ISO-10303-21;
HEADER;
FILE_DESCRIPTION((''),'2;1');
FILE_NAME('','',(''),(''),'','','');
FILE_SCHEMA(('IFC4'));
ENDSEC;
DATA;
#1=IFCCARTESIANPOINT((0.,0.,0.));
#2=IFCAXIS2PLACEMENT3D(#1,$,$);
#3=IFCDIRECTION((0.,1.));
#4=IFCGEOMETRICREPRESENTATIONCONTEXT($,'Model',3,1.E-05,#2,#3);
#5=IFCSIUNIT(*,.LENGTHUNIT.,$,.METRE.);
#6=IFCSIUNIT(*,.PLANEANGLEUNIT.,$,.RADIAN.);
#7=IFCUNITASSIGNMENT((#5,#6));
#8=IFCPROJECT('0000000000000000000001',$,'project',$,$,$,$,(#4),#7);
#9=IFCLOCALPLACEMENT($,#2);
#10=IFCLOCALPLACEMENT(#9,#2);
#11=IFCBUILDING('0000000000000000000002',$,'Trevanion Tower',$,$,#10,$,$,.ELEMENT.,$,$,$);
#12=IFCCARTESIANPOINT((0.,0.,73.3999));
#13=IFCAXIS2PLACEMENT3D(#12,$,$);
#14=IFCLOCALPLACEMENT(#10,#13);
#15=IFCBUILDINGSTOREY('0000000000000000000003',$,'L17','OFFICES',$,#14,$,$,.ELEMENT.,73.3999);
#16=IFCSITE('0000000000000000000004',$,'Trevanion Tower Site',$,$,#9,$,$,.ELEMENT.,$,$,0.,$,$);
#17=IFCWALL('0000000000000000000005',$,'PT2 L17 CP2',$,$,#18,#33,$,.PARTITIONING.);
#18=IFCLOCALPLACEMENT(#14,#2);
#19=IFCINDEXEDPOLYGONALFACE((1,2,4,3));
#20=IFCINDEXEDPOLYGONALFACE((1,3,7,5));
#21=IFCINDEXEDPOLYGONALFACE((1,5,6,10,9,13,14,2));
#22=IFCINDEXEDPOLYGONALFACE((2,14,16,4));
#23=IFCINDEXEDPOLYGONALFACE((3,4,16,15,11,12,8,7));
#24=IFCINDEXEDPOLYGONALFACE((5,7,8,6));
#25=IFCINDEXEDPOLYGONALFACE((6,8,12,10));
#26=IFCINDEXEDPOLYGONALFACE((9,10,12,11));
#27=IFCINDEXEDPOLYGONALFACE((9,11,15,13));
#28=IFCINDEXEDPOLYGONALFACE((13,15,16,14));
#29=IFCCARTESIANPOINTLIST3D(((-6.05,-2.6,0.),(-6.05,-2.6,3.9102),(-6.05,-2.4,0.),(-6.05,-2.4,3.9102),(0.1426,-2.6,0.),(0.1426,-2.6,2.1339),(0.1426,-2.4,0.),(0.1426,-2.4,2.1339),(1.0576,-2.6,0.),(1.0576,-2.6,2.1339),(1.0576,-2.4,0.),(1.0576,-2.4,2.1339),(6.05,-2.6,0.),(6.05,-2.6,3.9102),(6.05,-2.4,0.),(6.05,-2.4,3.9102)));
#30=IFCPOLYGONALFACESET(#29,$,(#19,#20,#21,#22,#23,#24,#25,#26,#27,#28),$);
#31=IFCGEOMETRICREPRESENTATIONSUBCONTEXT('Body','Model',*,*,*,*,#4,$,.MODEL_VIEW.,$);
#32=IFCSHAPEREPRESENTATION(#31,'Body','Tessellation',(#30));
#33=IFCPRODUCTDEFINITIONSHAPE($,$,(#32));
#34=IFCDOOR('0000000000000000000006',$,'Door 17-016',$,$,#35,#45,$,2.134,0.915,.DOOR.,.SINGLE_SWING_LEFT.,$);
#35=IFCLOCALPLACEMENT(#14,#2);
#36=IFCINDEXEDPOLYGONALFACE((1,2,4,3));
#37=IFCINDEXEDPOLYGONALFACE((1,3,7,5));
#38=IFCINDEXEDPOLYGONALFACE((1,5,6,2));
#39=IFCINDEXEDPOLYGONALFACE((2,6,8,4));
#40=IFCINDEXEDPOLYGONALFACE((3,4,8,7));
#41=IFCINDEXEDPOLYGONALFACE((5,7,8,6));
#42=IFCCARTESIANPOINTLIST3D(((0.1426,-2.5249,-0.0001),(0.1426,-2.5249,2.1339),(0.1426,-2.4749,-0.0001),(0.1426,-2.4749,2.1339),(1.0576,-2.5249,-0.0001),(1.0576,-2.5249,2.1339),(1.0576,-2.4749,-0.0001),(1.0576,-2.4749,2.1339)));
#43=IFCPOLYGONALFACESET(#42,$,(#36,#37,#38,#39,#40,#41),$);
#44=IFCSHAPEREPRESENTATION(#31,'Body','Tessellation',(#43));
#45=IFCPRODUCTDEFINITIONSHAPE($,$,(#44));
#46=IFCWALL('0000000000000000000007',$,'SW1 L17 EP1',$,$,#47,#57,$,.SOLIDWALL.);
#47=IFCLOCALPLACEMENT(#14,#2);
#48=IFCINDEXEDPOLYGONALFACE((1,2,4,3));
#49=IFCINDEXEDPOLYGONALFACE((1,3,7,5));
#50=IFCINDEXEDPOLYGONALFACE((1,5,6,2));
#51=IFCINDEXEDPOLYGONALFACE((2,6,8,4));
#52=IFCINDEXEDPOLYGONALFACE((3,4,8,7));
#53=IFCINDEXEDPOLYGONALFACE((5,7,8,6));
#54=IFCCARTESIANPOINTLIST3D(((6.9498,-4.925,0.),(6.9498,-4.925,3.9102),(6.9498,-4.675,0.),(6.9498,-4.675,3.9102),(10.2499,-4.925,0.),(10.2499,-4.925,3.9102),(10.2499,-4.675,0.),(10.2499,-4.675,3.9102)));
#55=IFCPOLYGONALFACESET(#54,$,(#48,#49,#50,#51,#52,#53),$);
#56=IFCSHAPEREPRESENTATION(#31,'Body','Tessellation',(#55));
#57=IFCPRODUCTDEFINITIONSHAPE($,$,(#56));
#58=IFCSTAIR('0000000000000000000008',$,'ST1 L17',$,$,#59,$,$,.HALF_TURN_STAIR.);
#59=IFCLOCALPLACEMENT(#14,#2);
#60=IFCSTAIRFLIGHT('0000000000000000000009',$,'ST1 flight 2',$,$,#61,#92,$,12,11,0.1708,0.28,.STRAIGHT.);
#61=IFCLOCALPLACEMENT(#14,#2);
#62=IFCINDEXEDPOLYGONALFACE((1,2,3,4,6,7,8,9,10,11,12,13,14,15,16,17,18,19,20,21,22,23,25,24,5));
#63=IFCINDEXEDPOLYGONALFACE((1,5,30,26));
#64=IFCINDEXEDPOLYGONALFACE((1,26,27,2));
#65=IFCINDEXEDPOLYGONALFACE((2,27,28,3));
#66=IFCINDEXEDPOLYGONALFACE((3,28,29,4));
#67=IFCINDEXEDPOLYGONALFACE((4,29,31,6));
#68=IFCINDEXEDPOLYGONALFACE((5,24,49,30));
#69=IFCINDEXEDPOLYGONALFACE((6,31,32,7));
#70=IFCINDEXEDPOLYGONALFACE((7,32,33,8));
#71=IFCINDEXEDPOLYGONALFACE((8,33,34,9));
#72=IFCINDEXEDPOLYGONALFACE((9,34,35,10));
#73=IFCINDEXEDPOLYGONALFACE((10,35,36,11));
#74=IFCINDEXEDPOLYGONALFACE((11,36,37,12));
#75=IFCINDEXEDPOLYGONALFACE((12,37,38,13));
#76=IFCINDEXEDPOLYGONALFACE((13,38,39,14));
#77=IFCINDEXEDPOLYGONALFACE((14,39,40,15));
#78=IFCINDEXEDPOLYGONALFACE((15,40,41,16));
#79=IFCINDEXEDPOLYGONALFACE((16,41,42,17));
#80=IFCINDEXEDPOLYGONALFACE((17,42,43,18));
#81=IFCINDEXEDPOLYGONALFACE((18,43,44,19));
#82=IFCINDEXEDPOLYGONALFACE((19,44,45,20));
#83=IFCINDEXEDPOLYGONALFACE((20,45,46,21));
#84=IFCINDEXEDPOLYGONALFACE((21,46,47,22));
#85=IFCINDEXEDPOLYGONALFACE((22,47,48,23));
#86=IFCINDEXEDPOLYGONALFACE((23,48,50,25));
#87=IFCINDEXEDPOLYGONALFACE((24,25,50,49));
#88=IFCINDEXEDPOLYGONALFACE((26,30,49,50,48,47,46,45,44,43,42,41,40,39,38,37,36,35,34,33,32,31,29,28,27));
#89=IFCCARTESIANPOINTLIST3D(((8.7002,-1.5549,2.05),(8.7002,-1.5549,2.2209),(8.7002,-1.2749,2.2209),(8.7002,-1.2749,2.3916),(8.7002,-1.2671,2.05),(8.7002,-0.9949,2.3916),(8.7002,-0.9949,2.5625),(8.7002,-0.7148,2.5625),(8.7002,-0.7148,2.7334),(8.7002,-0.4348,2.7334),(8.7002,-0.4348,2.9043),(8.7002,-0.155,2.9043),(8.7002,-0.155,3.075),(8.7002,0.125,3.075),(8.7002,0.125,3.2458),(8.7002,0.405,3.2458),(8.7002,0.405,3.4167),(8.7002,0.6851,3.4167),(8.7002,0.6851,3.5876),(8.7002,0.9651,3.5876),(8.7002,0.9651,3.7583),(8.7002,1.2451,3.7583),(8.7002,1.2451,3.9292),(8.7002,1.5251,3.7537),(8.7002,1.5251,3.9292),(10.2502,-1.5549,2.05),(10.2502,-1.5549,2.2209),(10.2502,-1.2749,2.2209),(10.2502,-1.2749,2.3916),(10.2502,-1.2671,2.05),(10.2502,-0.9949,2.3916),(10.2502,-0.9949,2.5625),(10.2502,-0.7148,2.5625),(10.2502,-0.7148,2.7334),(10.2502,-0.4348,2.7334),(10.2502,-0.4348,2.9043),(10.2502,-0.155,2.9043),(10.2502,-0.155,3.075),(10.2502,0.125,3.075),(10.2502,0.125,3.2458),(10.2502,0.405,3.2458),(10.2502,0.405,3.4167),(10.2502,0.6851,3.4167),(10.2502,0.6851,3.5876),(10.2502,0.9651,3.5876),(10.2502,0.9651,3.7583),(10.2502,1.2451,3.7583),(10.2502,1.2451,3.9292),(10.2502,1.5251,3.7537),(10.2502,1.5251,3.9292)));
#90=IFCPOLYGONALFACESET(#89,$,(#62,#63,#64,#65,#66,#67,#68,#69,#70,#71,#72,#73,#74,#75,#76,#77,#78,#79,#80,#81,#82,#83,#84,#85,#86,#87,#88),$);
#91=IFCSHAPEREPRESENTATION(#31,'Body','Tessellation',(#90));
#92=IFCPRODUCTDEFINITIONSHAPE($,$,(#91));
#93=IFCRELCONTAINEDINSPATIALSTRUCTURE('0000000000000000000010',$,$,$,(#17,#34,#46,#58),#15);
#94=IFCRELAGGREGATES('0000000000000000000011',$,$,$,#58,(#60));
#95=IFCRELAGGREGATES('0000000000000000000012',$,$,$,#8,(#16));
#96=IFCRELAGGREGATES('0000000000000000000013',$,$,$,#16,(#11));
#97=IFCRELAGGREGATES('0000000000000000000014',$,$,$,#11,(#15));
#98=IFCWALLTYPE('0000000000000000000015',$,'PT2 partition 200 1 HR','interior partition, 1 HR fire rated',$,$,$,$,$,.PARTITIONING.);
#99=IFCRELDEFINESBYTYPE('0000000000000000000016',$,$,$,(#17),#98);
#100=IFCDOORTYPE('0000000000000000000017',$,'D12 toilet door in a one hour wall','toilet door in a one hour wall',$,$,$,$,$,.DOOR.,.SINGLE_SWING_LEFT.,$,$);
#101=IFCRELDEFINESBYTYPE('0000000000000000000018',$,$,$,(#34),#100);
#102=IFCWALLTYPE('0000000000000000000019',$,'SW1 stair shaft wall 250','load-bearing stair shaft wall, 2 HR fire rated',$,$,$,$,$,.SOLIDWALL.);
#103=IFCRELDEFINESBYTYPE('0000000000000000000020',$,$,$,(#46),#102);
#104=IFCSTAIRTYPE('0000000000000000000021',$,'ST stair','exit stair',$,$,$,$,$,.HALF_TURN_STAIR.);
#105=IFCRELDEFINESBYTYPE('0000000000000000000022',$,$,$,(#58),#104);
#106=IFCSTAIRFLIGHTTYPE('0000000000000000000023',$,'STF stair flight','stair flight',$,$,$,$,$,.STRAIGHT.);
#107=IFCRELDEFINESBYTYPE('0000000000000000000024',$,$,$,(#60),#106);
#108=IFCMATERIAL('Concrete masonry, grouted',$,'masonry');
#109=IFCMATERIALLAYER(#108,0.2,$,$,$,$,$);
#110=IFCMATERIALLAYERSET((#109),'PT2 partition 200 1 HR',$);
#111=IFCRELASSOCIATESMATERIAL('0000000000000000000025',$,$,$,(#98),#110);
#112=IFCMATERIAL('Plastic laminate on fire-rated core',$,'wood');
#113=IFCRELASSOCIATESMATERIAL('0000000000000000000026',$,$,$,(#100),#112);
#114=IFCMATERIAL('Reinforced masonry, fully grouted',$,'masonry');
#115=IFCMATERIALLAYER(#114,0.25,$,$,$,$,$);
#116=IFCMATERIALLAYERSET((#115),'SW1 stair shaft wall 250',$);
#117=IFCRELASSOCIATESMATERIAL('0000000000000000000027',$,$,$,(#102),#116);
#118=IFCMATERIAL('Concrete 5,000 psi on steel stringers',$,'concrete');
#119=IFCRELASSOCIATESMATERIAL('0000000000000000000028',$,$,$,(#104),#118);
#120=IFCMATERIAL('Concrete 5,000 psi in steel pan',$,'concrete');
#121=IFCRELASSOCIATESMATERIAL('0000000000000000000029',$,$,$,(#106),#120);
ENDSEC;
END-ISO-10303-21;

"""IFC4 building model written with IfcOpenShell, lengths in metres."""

from ifc_helpers import new_model, si_unit, direction, frame, frame_2d, origin, place, context, subcontext, project, spatial, polyline, rectangle, outline, extrude, material, layer, layer_set, type_object, element, fill, aggregate, save


model = new_model("IFC4")

# Units and contexts
model_context = context("Model", 3, precision=1e-05, world=origin(), true_north=direction((0.0, 1.0)))
body_context = subcontext(model_context, "Body", "Model", "MODEL_VIEW")
ifc_project = project(units=[si_unit("LENGTHUNIT", "METRE"), si_unit("PLANEANGLEUNIT", "RADIAN")], contexts=[model_context])

# Site, building, storey
site_placement = place(None, origin())
site = spatial("IfcSite", under=ifc_project, at=site_placement, Name="Trevanion Tower Site", CompositionType="ELEMENT", RefElevation=0.0)
building_placement = place(site_placement, origin())
building = spatial("IfcBuilding", under=site, at=building_placement, Name="Trevanion Tower", CompositionType="ELEMENT")
storey_placement = place(building_placement, frame((0.0, 0.0, 73.3999)))
storey = spatial("IfcBuildingStorey", under=building, at=storey_placement, Name="L17", Description="OFFICES", CompositionType="ELEMENT", Elevation=73.3999)

# Wall, opening, door
ifc_material_1 = material(Name="Concrete masonry, grouted", Category="masonry")
ifc_layer_1 = layer(ifc_material_1, 0.2)
ifc_layer_set_1 = layer_set([ifc_layer_1], Name="PT2 partition 200 1 HR")
wall_type_1 = type_object("IfcWallType", Name="PT2 partition 200 1 HR", Description="interior partition, 1 HR fire rated", PredefinedType="PARTITIONING", material=ifc_layer_set_1)
wall_1_placement = place(storey_placement, frame((6.05, -2.5, 0.0), z_axis=(0.0, 0.0, 1.0), x_axis=(-1.0, 0.0, 0.0)))
wall_1 = element("IfcWall", 1, at=wall_1_placement, inside=storey, type_object=wall_type_1, Name="PT2 L17 CP2", PredefinedType="PARTITIONING", context=body_context, shape_type="SweptSolid", body=[
    extrude(rectangle(XDim=12.1001, YDim=0.2, at=frame_2d((6.05, 0.0))), origin(), (0.0, 0.0, 1.0), 3.9102),
])
opening_1_placement = place(wall_1_placement, frame((4.9924, 0.0, 0.0)))
opening_1 = element("IfcOpeningElement", 2, at=opening_1_placement, cuts=wall_1, PredefinedType="OPENING", context=body_context, shape_type="SweptSolid", body=[
    extrude(rectangle(XDim=0.915, YDim=2.134, at=frame_2d((0.4575, 1.0669))), frame((0.0, 0.1099, 0.0), z_axis=(0.0, -1.0, 0.0), x_axis=(1.0, 0.0, 0.0)), (0.0, 0.0, 1.0), 0.22),
])
ifc_material_2 = material(Name="Plastic laminate on fire-rated core", Category="wood")
door_type_1 = type_object("IfcDoorType", Name="D12 toilet door in a one hour wall", Description="toilet door in a one hour wall", OperationType="SINGLE_SWING_LEFT", PredefinedType="DOOR", material=ifc_material_2)
door_1_placement = place(opening_1_placement, origin())
door_1 = element("IfcDoor", 3, at=door_1_placement, inside=storey, type_object=door_type_1, Name="Door 17-016", OperationType="SINGLE_SWING_LEFT", OverallHeight=2.134, OverallWidth=0.915, PredefinedType="DOOR", context=body_context, shape_type="SweptSolid", body=[
    extrude(rectangle(XDim=0.915, YDim=2.134, at=frame_2d((0.4575, 1.0669))), frame((0.0, 0.0249, 0.0), z_axis=(0.0, -1.0, 0.0), x_axis=(1.0, 0.0, 0.0)), (0.0, 0.0, 1.0), 0.05),
])
fill(opening_1, door_1)

# Wall
ifc_material_3 = material(Name="Reinforced masonry, fully grouted", Category="masonry")
ifc_layer_2 = layer(ifc_material_3, 0.25)
ifc_layer_set_2 = layer_set([ifc_layer_2], Name="SW1 stair shaft wall 250")
wall_type_2 = type_object("IfcWallType", Name="SW1 stair shaft wall 250", Description="load-bearing stair shaft wall, 2 HR fire rated", PredefinedType="SOLIDWALL", material=ifc_layer_set_2)
wall_2_placement = place(storey_placement, frame((6.95, -4.8, 0.0), z_axis=(0.0, 0.0, 1.0), x_axis=(1.0, 0.0, 0.0)))
element("IfcWall", 4, at=wall_2_placement, inside=storey, type_object=wall_type_2, Name="SW1 L17 EP1", PredefinedType="SOLIDWALL", context=body_context, shape_type="SweptSolid", body=[
    extrude(rectangle(XDim=3.3, YDim=0.25, at=frame_2d((1.6499, 0.0))), origin(), (0.0, 0.0, 1.0), 3.9102),
])

# Stair, stair flight
ifc_material_4 = material(Name="Concrete 5,000 psi on steel stringers", Category="concrete")
stair_type = type_object("IfcStairType", Name="ST stair", Description="exit stair", PredefinedType="HALF_TURN_STAIR", material=ifc_material_4)
stair_placement = place(storey_placement, origin())
stair = element("IfcStair", 5, at=stair_placement, inside=storey, type_object=stair_type, Name="ST1 L17", PredefinedType="HALF_TURN_STAIR")
ifc_material_5 = material(Name="Concrete 5,000 psi in steel pan", Category="concrete")
stair_flight_type = type_object("IfcStairFlightType", Name="STF stair flight", Description="stair flight", PredefinedType="STRAIGHT", material=ifc_material_5)
stair_flight_placement = place(storey_placement, frame((9.4751, -1.5549, 2.05), z_axis=(0.0, 0.0, 1.0), x_axis=(0.0, 1.0, 0.0)))
stair_flight = element("IfcStairFlight", 6, at=stair_flight_placement, type_object=stair_flight_type, Name="ST1 flight 2", NumberOfRisers=12, NumberOfTreads=11, PredefinedType="STRAIGHT", RiserHeight=0.1708, TreadLength=0.28, context=body_context, shape_type="SweptSolid", body=[
    extrude(outline(polyline([(0.0, 0.0), (0.0, 0.1709), (0.28, 0.1709), (0.28, 0.3416), (0.5601, 0.3416), (0.5601, 0.5125), (0.8401, 0.5125), (0.8401, 0.6833), (1.1201, 0.6833), (1.1201, 0.8542), (1.3999, 0.8542), (1.3999, 1.0249), (1.6799, 1.0249), (1.6799, 1.1958), (1.96, 1.1958), (1.96, 1.3667), (2.24, 1.3667), (2.24, 1.5376), (2.52, 1.5376), (2.52, 1.7083), (2.8, 1.7083), (2.8, 1.8792), (3.0801, 1.8792), (3.0801, 2.05), (3.0801, 1.7036), (0.2878, 0.0), (0.0, 0.0)])), frame((0.0, 0.7749, 0.0), z_axis=(0.0, -1.0, 0.0), x_axis=(1.0, 0.0, 0.0)), (0.0, 0.0, 1.0), 1.55),
])
aggregate(stair, [stair_flight])

save(model, "model.ifc")
